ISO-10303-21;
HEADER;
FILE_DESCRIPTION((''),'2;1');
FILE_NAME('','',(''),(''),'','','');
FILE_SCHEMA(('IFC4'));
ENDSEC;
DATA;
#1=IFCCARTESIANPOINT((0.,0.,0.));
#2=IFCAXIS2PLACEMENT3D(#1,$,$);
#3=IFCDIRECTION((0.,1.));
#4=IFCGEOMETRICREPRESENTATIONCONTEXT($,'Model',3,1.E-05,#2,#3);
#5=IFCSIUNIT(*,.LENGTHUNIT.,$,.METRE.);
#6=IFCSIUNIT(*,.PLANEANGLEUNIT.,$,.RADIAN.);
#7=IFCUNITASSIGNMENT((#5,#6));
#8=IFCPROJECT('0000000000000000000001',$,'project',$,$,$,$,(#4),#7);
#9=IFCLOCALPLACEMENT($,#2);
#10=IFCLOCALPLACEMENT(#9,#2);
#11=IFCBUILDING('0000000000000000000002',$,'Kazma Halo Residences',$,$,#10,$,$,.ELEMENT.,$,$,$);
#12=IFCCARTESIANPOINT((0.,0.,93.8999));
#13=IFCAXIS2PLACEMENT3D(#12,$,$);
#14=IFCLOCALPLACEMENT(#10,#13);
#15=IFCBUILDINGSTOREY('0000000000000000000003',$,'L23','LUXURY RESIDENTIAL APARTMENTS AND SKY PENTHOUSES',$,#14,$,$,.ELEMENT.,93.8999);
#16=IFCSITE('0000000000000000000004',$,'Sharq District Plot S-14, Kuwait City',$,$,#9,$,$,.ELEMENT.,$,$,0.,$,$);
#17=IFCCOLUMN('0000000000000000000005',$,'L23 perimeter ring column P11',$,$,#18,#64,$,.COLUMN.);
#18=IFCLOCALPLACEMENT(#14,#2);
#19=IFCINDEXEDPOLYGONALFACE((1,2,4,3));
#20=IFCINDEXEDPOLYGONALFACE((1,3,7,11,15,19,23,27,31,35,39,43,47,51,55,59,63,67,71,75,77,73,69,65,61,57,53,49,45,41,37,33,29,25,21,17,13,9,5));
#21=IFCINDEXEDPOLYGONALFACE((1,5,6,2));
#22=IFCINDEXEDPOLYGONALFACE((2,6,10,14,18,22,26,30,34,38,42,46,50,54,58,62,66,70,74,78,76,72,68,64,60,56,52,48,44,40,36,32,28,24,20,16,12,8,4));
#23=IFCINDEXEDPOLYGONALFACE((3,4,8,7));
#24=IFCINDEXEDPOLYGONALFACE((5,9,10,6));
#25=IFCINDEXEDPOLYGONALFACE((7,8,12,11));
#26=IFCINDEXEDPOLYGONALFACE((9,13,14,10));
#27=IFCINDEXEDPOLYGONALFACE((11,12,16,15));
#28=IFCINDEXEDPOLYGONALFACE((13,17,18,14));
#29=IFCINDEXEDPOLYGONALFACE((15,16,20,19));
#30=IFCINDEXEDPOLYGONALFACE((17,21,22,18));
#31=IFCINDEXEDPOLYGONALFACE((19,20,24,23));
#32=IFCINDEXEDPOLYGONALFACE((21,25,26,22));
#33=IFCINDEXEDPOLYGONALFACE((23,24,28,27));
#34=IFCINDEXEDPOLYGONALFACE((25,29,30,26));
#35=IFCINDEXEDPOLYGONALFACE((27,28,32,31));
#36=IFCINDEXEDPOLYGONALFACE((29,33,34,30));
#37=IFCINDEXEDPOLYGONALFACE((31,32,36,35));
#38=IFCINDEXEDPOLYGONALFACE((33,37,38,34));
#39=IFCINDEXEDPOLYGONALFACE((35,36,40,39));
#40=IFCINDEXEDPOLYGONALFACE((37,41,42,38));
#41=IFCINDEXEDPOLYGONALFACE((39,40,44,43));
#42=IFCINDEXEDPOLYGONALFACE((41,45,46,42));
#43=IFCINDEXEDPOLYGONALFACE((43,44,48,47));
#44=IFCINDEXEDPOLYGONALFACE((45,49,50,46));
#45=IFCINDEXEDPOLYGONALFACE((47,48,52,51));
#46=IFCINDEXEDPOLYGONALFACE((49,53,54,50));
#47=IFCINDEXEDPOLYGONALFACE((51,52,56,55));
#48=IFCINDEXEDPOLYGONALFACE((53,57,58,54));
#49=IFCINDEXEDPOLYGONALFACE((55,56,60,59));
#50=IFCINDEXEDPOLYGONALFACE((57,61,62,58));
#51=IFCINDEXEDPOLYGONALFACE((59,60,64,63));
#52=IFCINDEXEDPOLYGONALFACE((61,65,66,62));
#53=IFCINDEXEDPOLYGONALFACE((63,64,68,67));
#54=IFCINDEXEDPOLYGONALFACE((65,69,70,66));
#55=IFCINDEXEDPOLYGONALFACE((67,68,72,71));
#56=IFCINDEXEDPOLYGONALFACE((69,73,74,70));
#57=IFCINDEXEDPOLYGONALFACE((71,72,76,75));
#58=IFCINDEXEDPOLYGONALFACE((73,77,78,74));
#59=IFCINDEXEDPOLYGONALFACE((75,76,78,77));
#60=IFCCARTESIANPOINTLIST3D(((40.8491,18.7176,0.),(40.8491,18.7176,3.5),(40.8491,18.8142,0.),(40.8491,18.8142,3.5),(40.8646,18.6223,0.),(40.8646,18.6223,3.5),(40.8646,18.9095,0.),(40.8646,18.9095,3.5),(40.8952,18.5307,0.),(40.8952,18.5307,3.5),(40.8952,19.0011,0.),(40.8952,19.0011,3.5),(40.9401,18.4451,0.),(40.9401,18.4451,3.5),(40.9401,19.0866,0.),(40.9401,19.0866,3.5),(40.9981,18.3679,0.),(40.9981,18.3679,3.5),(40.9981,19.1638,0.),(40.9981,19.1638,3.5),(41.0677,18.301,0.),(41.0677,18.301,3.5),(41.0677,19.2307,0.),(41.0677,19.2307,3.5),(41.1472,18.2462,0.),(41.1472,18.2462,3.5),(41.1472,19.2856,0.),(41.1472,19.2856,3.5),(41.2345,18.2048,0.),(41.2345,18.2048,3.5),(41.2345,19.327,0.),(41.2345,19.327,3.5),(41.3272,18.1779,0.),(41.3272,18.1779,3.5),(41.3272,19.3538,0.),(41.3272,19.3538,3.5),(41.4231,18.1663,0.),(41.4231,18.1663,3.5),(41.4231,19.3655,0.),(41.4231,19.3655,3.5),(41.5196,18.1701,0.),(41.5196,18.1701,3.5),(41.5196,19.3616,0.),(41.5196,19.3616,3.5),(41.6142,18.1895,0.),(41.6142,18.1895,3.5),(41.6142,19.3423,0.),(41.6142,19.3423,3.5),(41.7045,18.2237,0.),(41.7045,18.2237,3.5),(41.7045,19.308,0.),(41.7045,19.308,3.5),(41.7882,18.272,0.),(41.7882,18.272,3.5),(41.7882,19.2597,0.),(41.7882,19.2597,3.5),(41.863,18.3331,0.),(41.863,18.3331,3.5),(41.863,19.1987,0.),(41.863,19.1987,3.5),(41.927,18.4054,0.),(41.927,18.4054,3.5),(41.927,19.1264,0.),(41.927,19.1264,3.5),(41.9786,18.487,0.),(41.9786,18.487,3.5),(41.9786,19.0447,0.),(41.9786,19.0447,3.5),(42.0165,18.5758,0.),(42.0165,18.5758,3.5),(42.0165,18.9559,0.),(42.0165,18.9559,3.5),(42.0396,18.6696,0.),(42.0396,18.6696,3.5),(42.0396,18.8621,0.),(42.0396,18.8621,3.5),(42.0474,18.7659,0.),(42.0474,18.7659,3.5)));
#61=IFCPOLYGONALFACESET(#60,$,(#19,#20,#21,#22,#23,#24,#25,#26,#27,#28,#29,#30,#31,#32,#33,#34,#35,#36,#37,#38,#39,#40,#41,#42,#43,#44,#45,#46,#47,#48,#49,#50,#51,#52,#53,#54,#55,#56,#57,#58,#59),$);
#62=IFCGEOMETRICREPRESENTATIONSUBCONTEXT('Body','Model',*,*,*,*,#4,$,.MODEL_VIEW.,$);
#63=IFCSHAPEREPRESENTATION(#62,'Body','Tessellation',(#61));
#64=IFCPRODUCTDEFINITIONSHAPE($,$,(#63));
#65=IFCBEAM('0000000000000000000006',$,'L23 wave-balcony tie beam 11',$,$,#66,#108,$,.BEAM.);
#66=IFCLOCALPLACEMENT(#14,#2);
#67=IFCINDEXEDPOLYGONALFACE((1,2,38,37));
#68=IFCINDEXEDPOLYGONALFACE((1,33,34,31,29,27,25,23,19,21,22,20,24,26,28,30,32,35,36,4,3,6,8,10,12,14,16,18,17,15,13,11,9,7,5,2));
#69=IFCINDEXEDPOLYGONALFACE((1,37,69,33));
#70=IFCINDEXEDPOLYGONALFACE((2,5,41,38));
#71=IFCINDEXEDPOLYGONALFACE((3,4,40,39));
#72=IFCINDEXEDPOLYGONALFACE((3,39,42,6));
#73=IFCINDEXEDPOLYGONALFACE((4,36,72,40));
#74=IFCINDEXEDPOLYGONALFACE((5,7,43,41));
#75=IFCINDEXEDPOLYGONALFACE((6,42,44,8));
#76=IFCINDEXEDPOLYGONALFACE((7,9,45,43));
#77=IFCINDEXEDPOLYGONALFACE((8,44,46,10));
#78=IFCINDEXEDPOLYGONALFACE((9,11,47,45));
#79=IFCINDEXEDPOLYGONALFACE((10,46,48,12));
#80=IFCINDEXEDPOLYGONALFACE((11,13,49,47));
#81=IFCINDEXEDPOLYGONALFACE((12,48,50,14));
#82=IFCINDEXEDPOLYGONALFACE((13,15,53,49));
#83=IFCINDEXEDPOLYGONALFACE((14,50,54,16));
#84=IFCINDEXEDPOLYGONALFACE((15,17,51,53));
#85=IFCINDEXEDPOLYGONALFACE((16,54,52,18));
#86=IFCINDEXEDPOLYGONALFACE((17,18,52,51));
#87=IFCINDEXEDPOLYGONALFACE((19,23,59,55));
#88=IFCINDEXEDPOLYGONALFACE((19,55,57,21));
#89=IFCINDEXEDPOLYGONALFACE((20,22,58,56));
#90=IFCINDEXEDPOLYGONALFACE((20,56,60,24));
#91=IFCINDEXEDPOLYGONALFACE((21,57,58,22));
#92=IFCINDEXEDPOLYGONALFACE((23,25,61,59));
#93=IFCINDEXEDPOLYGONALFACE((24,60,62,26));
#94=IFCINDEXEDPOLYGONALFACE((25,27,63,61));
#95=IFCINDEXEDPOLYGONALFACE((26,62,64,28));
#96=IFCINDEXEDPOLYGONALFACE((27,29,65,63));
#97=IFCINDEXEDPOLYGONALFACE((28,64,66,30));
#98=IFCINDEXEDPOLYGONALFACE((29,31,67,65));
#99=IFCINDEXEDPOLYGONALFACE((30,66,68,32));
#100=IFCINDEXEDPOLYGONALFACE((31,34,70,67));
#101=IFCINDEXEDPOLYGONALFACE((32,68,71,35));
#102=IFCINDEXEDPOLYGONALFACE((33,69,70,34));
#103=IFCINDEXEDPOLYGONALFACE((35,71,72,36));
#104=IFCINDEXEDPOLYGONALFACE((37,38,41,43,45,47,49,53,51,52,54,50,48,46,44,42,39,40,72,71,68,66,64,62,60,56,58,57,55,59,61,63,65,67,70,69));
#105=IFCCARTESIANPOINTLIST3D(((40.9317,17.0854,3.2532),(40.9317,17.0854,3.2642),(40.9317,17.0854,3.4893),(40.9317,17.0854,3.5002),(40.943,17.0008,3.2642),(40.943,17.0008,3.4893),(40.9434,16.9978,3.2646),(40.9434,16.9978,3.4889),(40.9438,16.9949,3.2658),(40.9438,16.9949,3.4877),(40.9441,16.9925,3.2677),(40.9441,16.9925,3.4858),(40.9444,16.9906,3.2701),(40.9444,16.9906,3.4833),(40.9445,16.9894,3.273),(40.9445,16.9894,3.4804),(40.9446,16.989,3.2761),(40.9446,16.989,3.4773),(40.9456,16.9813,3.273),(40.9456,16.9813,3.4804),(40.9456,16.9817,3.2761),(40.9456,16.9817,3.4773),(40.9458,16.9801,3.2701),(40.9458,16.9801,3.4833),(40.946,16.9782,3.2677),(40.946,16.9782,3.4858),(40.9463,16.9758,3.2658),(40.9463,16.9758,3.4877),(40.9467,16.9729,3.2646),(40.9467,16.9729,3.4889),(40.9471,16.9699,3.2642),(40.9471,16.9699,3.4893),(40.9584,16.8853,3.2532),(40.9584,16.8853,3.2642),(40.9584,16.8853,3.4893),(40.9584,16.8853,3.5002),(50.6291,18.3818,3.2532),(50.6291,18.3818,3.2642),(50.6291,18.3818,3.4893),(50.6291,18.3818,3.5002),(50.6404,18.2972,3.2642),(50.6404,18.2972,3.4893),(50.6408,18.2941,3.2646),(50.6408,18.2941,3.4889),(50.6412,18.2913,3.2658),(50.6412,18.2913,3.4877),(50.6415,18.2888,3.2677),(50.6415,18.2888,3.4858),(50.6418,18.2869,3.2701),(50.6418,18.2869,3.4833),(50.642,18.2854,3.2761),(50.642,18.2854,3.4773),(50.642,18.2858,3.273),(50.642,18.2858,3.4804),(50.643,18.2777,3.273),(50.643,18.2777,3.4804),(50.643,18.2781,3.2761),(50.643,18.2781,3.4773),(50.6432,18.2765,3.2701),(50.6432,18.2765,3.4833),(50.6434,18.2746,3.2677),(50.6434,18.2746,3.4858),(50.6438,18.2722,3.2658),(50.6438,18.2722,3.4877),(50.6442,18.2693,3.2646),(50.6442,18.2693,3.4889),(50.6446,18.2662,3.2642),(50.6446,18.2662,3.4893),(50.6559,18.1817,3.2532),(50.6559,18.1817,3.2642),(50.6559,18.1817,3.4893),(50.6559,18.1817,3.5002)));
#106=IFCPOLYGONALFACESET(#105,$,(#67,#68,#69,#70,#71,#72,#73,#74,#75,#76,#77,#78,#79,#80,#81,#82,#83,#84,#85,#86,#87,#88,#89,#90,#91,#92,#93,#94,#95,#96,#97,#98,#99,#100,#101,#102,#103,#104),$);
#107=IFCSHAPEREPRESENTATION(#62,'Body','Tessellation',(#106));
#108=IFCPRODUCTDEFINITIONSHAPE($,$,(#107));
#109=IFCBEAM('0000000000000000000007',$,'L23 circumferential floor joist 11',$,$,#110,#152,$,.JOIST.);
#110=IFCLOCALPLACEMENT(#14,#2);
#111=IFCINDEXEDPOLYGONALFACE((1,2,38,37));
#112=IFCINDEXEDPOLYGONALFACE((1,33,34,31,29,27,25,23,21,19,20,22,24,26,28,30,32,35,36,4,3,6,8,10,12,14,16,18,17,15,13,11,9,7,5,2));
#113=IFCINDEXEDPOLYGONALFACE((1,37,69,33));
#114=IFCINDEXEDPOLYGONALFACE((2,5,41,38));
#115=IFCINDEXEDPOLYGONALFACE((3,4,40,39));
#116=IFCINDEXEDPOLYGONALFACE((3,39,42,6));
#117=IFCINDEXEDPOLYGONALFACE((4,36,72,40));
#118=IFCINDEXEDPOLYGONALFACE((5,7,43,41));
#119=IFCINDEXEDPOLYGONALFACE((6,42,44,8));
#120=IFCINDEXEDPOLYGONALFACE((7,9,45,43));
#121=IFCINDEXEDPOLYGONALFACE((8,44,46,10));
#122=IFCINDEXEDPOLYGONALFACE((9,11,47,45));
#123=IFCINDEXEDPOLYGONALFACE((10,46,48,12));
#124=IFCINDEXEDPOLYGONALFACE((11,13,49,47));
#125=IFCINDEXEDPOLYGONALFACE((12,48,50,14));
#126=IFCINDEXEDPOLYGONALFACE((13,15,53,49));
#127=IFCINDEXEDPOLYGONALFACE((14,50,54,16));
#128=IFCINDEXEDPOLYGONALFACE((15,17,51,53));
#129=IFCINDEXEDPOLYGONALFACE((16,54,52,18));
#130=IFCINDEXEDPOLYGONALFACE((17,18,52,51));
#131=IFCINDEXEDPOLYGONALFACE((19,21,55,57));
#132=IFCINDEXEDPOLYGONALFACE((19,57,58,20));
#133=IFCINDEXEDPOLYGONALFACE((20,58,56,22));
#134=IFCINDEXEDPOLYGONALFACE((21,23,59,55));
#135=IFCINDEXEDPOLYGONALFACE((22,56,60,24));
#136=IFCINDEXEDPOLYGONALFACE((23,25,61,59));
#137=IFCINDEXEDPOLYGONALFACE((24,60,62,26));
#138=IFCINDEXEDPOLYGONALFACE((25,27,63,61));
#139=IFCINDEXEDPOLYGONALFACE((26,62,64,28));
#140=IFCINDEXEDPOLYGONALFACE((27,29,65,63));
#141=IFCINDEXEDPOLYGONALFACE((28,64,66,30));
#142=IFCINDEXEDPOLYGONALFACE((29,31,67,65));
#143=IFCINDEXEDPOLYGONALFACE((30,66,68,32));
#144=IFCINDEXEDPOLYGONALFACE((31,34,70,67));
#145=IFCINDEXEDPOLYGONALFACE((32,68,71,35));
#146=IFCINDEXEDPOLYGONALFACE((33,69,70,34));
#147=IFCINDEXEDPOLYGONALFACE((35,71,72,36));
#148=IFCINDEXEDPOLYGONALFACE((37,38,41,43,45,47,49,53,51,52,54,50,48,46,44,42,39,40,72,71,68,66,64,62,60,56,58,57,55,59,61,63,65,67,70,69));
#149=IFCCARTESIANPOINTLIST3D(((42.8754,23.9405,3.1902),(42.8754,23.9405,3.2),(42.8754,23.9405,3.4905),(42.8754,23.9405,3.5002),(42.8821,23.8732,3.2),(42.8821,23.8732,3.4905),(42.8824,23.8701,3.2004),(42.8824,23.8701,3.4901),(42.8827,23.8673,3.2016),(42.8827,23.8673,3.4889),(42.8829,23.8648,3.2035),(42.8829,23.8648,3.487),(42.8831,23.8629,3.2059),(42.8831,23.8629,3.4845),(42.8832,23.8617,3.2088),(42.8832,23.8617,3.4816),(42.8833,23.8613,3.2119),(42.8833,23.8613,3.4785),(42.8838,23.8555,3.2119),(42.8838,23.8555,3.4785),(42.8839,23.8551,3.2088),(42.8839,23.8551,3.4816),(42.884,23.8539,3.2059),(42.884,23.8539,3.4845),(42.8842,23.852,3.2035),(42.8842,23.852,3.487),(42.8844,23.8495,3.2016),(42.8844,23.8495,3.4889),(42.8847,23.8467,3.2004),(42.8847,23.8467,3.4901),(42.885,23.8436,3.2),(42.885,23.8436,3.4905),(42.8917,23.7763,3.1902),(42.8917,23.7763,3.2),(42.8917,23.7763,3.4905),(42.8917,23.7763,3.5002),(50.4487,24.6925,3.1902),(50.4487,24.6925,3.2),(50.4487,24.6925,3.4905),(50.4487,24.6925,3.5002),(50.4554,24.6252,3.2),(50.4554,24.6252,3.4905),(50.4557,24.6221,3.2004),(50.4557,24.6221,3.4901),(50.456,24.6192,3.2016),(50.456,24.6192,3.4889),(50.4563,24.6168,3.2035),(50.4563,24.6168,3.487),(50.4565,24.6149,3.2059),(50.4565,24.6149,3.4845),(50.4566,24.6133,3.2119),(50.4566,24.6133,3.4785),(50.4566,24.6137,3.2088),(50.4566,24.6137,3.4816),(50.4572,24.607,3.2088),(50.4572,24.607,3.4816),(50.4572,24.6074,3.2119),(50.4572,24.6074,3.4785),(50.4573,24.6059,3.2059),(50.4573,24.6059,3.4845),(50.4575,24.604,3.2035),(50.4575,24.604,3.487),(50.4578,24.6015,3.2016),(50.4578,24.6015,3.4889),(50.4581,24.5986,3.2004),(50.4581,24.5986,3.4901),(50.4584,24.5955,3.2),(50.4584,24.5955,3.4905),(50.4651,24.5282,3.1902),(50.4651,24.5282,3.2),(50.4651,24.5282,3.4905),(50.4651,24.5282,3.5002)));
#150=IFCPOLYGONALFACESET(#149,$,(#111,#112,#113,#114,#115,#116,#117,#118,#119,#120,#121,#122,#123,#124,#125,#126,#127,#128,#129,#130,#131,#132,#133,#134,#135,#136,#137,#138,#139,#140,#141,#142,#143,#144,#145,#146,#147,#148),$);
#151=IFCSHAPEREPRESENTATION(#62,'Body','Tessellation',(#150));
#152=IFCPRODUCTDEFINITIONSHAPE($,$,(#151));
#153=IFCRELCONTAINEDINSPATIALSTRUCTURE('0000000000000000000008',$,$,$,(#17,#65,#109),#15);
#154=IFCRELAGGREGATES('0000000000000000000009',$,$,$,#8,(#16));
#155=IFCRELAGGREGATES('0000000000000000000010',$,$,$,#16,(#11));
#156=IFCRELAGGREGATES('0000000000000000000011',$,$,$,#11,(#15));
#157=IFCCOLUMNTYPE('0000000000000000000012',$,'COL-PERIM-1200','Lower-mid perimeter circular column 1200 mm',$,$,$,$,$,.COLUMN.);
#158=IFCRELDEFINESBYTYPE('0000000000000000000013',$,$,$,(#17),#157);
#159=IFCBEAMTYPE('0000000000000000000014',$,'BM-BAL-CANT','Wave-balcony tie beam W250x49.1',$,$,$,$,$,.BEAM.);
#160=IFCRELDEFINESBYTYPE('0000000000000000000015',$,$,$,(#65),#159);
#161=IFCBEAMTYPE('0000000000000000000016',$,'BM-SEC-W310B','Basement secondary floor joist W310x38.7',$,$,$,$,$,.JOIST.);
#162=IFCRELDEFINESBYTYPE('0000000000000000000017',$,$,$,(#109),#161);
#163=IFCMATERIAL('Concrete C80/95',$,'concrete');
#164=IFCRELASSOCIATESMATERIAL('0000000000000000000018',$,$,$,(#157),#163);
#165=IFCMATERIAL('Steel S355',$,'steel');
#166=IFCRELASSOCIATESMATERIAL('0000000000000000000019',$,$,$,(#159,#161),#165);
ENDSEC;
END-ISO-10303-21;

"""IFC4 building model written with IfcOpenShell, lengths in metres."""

from ifc_helpers import new_model, si_unit, direction, frame, origin, origin_2d, place, context, subcontext, project, spatial, circle, i_section, extrude, material, material_profile, profile_set, type_object, element, save


model = new_model("IFC4")

# Units and contexts
model_context = context("Model", 3, precision=1e-05, world=origin(), true_north=direction((0.0, 1.0)))
body_context = subcontext(model_context, "Body", "Model", "MODEL_VIEW")
ifc_project = project(units=[si_unit("LENGTHUNIT", "METRE"), si_unit("PLANEANGLEUNIT", "RADIAN")], contexts=[model_context])

# Site, building, storey
site_placement = place(None, origin())
site = spatial("IfcSite", under=ifc_project, at=site_placement, Name="Sharq District Plot S-14, Kuwait City", CompositionType="ELEMENT", RefElevation=0.0)
building_placement = place(site_placement, origin())
building = spatial("IfcBuilding", under=site, at=building_placement, Name="Kazma Halo Residences", CompositionType="ELEMENT")
storey_placement = place(building_placement, frame((0.0, 0.0, 93.8999)))
storey = spatial("IfcBuildingStorey", under=building, at=storey_placement, Name="L23", Description="LUXURY RESIDENTIAL APARTMENTS AND SKY PENTHOUSES", CompositionType="ELEMENT", Elevation=93.8999)

# Column
ifc_material_1 = material(Name="Concrete C80/95", Category="concrete")
ifc_material_profile_1 = material_profile(ifc_material_1, circle(Radius=0.6001, at=origin_2d()), Name="CIRC1200")
ifc_profile_set_1 = profile_set([ifc_material_profile_1], Name="Concrete C80/95")
column_type = type_object("IfcColumnType", Name="COL-PERIM-1200", Description="Lower-mid perimeter circular column 1200 mm", PredefinedType="COLUMN", material=ifc_profile_set_1)
column_placement = place(storey_placement, frame((41.4473, 18.7659, 0.0), z_axis=(0.0, 0.0, 1.0), x_axis=(1.0, 0.0, 0.0)))
element("IfcColumn", 1, at=column_placement, inside=storey, type_object=column_type, Name="L23 perimeter ring column P11", PredefinedType="COLUMN", context=body_context, shape_type="SweptSolid", body=[
    extrude(circle(Radius=0.6001, at=origin_2d()), origin(), (0.0, 0.0, 1.0), 3.5),
])

# Beams
ifc_material_2 = material(Name="Steel S355", Category="steel")
ifc_material_profile_2 = material_profile(ifc_material_2, i_section(OverallWidth=0.2019, OverallDepth=0.2471, WebThickness=0.0073, FlangeThickness=0.011, FilletRadius=0.012, at=origin_2d()), Name="W250x49.1")
ifc_profile_set_2 = profile_set([ifc_material_profile_2], Name="Steel S355")
beam_type_1 = type_object("IfcBeamType", Name="BM-BAL-CANT", Description="Wave-balcony tie beam W250x49.1", PredefinedType="BEAM", material=ifc_profile_set_2)
beam_1_placement = place(storey_placement, frame((40.9451, 16.9854, 3.3767), z_axis=(0.991183, 0.132504, 0.0), x_axis=(-0.132504, 0.991183, 0.0)))
element("IfcBeam", 2, at=beam_1_placement, inside=storey, type_object=beam_type_1, Name="L23 wave-balcony tie beam 11", PredefinedType="BEAM", context=body_context, shape_type="SweptSolid", body=[
    extrude(i_section(OverallWidth=0.2019, OverallDepth=0.2471, WebThickness=0.0073, FlangeThickness=0.011, FilletRadius=0.012, at=origin_2d()), origin(), (0.0, 0.0, 1.0), 9.7837),
])
ifc_material_profile_3 = material_profile(ifc_material_2, i_section(OverallWidth=0.165, OverallDepth=0.3101, WebThickness=0.0059, FlangeThickness=0.0098, FilletRadius=0.012, at=origin_2d()), Name="W310x38.7")
ifc_profile_set_3 = profile_set([ifc_material_profile_3], Name="Steel S355")
beam_type_2 = type_object("IfcBeamType", Name="BM-SEC-W310B", Description="Basement secondary floor joist W310x38.7", PredefinedType="JOIST", material=ifc_profile_set_3)
beam_2_placement = place(storey_placement, frame((42.8835, 23.8584, 3.3452), z_axis=(0.995107, 0.098805, 0.0), x_axis=(-0.098805, 0.995107, 0.0)))
element("IfcBeam", 3, at=beam_2_placement, inside=storey, type_object=beam_type_2, Name="L23 circumferential floor joist 11", PredefinedType="JOIST", context=body_context, shape_type="SweptSolid", body=[
    extrude(i_section(OverallWidth=0.165, OverallDepth=0.3101, WebThickness=0.0059, FlangeThickness=0.0098, FilletRadius=0.012, at=origin_2d()), origin(), (0.0, 0.0, 1.0), 7.6106),
])

save(model, "model.ifc")
